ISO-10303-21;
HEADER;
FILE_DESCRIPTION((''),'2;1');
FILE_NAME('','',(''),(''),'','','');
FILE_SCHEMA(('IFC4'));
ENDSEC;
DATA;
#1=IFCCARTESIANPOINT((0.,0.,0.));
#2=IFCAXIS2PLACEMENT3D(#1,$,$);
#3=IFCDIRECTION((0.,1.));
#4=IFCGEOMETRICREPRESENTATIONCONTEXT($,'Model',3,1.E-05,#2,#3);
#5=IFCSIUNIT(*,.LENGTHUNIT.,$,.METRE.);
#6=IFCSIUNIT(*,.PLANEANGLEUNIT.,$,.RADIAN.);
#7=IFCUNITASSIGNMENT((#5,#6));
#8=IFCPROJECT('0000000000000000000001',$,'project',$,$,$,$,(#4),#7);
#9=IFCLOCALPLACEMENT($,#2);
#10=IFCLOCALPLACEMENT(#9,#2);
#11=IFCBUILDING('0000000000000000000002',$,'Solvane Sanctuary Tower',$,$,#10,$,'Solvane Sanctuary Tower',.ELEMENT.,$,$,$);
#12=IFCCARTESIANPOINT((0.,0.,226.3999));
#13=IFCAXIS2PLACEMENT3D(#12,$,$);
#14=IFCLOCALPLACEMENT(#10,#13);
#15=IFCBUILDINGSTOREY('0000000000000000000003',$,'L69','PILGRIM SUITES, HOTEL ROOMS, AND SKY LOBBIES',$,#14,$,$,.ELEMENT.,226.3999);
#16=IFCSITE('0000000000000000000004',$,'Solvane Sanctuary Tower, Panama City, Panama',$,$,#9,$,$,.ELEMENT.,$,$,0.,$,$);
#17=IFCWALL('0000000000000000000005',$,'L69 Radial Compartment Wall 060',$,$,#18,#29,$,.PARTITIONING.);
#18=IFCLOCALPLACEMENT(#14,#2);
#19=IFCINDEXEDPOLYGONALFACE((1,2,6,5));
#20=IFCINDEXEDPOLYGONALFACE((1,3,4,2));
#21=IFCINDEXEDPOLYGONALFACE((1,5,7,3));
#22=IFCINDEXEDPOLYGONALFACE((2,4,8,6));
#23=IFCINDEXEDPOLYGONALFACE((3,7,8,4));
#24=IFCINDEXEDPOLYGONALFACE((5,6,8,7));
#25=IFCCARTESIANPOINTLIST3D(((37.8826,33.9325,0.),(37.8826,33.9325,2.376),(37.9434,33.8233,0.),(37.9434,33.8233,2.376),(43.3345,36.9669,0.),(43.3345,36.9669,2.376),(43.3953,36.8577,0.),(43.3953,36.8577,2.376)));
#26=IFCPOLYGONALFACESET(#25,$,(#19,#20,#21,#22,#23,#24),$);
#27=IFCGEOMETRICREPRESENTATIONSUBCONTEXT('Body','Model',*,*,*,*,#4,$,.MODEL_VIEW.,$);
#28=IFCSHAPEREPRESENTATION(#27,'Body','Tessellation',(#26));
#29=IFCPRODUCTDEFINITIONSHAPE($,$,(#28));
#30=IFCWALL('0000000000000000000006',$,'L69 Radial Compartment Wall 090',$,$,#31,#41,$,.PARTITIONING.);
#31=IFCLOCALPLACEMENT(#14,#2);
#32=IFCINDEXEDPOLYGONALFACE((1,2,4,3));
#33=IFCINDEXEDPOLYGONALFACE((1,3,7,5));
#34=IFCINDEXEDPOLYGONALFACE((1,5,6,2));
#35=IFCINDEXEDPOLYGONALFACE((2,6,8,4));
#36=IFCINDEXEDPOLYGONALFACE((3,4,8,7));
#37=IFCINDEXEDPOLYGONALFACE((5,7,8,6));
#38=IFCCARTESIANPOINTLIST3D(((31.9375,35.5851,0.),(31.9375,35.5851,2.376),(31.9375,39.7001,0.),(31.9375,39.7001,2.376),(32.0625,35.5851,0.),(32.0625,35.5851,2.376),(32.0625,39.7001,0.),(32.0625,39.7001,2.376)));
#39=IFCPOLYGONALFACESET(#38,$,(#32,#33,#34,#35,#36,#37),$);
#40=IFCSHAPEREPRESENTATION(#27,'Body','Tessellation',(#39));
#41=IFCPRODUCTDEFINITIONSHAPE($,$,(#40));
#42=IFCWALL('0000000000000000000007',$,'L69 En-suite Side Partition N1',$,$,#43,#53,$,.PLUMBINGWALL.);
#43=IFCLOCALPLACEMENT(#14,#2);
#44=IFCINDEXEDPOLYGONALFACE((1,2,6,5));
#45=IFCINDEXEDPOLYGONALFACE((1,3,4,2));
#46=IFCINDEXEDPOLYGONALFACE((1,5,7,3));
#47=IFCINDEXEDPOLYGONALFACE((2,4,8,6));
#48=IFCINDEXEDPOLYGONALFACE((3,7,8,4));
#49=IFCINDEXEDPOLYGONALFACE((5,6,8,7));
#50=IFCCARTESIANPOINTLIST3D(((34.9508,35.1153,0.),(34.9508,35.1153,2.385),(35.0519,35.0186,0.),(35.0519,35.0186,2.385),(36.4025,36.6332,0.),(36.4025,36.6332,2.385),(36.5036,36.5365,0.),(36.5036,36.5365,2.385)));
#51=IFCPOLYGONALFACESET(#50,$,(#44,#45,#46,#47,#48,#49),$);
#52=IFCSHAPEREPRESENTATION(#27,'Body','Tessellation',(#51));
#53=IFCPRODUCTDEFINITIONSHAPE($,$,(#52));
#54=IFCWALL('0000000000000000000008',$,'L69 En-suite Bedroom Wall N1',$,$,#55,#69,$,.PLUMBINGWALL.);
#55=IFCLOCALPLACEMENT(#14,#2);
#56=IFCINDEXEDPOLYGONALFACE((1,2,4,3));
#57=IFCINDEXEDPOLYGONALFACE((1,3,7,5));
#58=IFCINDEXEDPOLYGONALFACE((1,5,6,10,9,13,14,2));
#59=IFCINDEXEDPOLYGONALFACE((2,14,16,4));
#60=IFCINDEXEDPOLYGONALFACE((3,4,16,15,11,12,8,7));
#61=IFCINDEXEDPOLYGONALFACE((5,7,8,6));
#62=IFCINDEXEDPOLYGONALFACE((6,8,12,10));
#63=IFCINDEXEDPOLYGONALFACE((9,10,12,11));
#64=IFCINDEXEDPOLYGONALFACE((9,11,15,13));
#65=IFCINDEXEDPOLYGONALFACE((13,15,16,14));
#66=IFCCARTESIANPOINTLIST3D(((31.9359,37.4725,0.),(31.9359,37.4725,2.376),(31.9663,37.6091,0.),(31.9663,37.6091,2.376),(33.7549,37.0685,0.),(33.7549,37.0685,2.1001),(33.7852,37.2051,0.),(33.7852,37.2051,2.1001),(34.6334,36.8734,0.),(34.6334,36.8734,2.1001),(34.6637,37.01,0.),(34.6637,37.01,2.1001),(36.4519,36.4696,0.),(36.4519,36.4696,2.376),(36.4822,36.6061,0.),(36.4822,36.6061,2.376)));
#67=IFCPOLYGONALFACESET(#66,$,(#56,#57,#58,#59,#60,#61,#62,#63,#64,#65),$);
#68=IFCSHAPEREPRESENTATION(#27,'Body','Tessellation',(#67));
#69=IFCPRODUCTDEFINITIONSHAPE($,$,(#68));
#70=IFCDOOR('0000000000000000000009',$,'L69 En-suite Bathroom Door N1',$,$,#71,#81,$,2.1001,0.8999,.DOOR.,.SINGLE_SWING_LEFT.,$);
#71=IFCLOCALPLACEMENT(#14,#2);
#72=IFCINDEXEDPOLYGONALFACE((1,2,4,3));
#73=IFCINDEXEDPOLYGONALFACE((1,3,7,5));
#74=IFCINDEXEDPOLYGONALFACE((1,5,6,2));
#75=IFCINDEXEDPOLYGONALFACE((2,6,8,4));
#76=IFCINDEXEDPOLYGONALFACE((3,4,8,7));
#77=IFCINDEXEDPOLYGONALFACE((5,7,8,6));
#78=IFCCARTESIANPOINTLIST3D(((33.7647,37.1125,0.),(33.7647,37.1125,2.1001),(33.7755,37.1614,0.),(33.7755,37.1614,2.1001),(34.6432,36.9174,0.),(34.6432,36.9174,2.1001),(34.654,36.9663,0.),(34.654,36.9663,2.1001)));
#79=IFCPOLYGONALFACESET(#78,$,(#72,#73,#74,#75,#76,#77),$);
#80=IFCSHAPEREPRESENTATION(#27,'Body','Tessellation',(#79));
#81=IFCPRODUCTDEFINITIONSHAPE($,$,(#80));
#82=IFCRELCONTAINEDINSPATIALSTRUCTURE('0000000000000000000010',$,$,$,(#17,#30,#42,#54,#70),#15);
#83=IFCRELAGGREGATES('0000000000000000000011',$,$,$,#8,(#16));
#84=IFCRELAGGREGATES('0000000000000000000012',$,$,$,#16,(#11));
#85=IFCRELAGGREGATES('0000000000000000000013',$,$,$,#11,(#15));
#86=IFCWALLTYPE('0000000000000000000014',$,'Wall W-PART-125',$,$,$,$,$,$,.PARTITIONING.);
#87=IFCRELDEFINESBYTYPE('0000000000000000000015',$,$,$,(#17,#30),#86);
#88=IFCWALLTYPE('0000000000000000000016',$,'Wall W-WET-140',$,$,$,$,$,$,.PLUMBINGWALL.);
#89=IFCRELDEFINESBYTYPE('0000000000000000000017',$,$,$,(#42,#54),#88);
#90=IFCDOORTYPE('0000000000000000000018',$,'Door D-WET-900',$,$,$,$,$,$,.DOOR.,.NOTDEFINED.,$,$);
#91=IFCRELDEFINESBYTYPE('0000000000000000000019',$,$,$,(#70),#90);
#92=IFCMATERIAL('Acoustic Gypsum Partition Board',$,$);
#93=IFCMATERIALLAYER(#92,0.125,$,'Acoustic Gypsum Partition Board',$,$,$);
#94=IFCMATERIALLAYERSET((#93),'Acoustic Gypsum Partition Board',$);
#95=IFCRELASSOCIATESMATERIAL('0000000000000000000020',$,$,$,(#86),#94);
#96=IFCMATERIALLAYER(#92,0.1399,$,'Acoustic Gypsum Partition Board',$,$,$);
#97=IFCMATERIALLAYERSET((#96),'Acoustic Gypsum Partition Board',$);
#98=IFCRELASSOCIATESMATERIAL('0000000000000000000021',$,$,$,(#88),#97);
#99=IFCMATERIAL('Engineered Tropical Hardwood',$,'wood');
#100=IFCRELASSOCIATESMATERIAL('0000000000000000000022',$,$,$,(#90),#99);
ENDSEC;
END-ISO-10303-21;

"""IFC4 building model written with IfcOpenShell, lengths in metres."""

from ifc_helpers import new_model, si_unit, direction, frame, frame_2d, origin, place, context, subcontext, project, spatial, rectangle, extrude, material, layer, layer_set, type_object, element, fill, save


model = new_model("IFC4")

# Units and contexts
model_context = context("Model", 3, precision=1e-05, world=origin(), true_north=direction((0.0, 1.0)))
body_context = subcontext(model_context, "Body", "Model", "MODEL_VIEW")
ifc_project = project(units=[si_unit("LENGTHUNIT", "METRE"), si_unit("PLANEANGLEUNIT", "RADIAN")], contexts=[model_context])

# Site, building, storey
site_placement = place(None, origin())
site = spatial("IfcSite", under=ifc_project, at=site_placement, Name="Solvane Sanctuary Tower, Panama City, Panama", CompositionType="ELEMENT", RefElevation=0.0)
building_placement = place(site_placement, origin())
building = spatial("IfcBuilding", under=site, at=building_placement, Name="Solvane Sanctuary Tower", LongName="Solvane Sanctuary Tower", CompositionType="ELEMENT")
storey_placement = place(building_placement, frame((0.0, 0.0, 226.3999)))
storey = spatial("IfcBuildingStorey", under=building, at=storey_placement, Name="L69", Description="PILGRIM SUITES, HOTEL ROOMS, AND SKY LOBBIES", CompositionType="ELEMENT", Elevation=226.3999)

# Shared definitions
ifc_material_1 = material(Name="Acoustic Gypsum Partition Board")

# Shared definitions
ifc_material_2 = material(Name="Engineered Tropical Hardwood", Category="wood")

# Walls
ifc_layer_1 = layer(ifc_material_1, 0.125, Name="Acoustic Gypsum Partition Board")
ifc_layer_set_1 = layer_set([ifc_layer_1], Name="Acoustic Gypsum Partition Board")
wall_type_1 = type_object("IfcWallType", Name="Wall W-PART-125", PredefinedType="PARTITIONING", material=ifc_layer_set_1)
wall_1_placement = place(storey_placement, frame((37.9131, 33.8779, 0.0), z_axis=(0.0, 0.0, 1.0), x_axis=(0.873777, 0.486327, 0.0)))
element("IfcWall", 1, at=wall_1_placement, inside=storey, type_object=wall_type_1, Name="L69 Radial Compartment Wall 060", PredefinedType="PARTITIONING", context=body_context, shape_type="SweptSolid", body=[
    extrude(rectangle(XDim=6.2395, YDim=0.125, at=frame_2d((3.1196, 0.0))), origin(), (0.0, 0.0, 1.0), 2.376),
])
wall_2_placement = place(storey_placement, frame((32.0, 35.585, 0.0), z_axis=(0.0, 0.0, 1.0), x_axis=(0.0, 1.0, 0.0)))
element("IfcWall", 2, at=wall_2_placement, inside=storey, type_object=wall_type_1, Name="L69 Radial Compartment Wall 090", PredefinedType="PARTITIONING", context=body_context, shape_type="SweptSolid", body=[
    extrude(rectangle(XDim=4.115, YDim=0.125, at=frame_2d((2.0576, 0.0))), origin(), (0.0, 0.0, 1.0), 2.376),
])
ifc_layer_2 = layer(ifc_material_1, 0.1399, Name="Acoustic Gypsum Partition Board")
ifc_layer_set_2 = layer_set([ifc_layer_2], Name="Acoustic Gypsum Partition Board")
wall_type_2 = type_object("IfcWallType", Name="Wall W-WET-140", PredefinedType="PLUMBINGWALL", material=ifc_layer_set_2)
wall_3_placement = place(storey_placement, frame((35.0012, 35.0669, 0.0), z_axis=(0.0, 0.0, 1.0), x_axis=(0.69118, 0.722682, 0.0)))
element("IfcWall", 3, at=wall_3_placement, inside=storey, type_object=wall_type_2, Name="L69 En-suite Side Partition N1", PredefinedType="PLUMBINGWALL", context=body_context, shape_type="SweptSolid", body=[
    extrude(rectangle(XDim=2.1003, YDim=0.1399, at=frame_2d((1.0503, 0.0))), origin(), (0.0, 0.0, 1.0), 2.385),
])

# Wall, opening, door
wall_4_placement = place(storey_placement, frame((36.467, 36.5378, 0.0), z_axis=(0.0, 0.0, 1.0), x_axis=(-0.976214, 0.216808, 0.0)))
wall_4 = element("IfcWall", 4, at=wall_4_placement, inside=storey, type_object=wall_type_2, Name="L69 En-suite Bedroom Wall N1", PredefinedType="PLUMBINGWALL", context=body_context, shape_type="SweptSolid", body=[
    extrude(rectangle(XDim=4.626, YDim=0.1399, at=frame_2d((2.313, 0.0))), origin(), (0.0, 0.0, 1.0), 2.376),
])
opening_1_placement = place(wall_4_placement, frame((1.8628, 0.0, 0.0)))
opening_1 = element("IfcOpeningElement", 5, at=opening_1_placement, cuts=wall_4, PredefinedType="OPENING", context=body_context, shape_type="SweptSolid", body=[
    extrude(rectangle(XDim=0.8999, YDim=2.1001, at=frame_2d((0.45, 1.05))), frame((0.0, 0.0798, 0.0), z_axis=(0.0, -1.0, 0.0), x_axis=(1.0, 0.0, 0.0)), (0.0, 0.0, 1.0), 0.1599),
])
door_type_1 = type_object("IfcDoorType", Name="Door D-WET-900", OperationType="NOTDEFINED", PredefinedType="DOOR", material=ifc_material_2)
door_1_placement = place(opening_1_placement, origin())
door_1 = element("IfcDoor", 6, at=door_1_placement, inside=storey, type_object=door_type_1, Name="L69 En-suite Bathroom Door N1", OperationType="SINGLE_SWING_LEFT", OverallHeight=2.1001, OverallWidth=0.8999, PredefinedType="DOOR", context=body_context, shape_type="SweptSolid", body=[
    extrude(rectangle(XDim=0.8999, YDim=2.1001, at=frame_2d((0.45, 1.05))), frame((0.0, 0.0249, 0.0), z_axis=(0.0, -1.0, 0.0), x_axis=(1.0, 0.0, 0.0)), (0.0, 0.0, 1.0), 0.05),
])
fill(opening_1, door_1)

save(model, "model.ifc")
